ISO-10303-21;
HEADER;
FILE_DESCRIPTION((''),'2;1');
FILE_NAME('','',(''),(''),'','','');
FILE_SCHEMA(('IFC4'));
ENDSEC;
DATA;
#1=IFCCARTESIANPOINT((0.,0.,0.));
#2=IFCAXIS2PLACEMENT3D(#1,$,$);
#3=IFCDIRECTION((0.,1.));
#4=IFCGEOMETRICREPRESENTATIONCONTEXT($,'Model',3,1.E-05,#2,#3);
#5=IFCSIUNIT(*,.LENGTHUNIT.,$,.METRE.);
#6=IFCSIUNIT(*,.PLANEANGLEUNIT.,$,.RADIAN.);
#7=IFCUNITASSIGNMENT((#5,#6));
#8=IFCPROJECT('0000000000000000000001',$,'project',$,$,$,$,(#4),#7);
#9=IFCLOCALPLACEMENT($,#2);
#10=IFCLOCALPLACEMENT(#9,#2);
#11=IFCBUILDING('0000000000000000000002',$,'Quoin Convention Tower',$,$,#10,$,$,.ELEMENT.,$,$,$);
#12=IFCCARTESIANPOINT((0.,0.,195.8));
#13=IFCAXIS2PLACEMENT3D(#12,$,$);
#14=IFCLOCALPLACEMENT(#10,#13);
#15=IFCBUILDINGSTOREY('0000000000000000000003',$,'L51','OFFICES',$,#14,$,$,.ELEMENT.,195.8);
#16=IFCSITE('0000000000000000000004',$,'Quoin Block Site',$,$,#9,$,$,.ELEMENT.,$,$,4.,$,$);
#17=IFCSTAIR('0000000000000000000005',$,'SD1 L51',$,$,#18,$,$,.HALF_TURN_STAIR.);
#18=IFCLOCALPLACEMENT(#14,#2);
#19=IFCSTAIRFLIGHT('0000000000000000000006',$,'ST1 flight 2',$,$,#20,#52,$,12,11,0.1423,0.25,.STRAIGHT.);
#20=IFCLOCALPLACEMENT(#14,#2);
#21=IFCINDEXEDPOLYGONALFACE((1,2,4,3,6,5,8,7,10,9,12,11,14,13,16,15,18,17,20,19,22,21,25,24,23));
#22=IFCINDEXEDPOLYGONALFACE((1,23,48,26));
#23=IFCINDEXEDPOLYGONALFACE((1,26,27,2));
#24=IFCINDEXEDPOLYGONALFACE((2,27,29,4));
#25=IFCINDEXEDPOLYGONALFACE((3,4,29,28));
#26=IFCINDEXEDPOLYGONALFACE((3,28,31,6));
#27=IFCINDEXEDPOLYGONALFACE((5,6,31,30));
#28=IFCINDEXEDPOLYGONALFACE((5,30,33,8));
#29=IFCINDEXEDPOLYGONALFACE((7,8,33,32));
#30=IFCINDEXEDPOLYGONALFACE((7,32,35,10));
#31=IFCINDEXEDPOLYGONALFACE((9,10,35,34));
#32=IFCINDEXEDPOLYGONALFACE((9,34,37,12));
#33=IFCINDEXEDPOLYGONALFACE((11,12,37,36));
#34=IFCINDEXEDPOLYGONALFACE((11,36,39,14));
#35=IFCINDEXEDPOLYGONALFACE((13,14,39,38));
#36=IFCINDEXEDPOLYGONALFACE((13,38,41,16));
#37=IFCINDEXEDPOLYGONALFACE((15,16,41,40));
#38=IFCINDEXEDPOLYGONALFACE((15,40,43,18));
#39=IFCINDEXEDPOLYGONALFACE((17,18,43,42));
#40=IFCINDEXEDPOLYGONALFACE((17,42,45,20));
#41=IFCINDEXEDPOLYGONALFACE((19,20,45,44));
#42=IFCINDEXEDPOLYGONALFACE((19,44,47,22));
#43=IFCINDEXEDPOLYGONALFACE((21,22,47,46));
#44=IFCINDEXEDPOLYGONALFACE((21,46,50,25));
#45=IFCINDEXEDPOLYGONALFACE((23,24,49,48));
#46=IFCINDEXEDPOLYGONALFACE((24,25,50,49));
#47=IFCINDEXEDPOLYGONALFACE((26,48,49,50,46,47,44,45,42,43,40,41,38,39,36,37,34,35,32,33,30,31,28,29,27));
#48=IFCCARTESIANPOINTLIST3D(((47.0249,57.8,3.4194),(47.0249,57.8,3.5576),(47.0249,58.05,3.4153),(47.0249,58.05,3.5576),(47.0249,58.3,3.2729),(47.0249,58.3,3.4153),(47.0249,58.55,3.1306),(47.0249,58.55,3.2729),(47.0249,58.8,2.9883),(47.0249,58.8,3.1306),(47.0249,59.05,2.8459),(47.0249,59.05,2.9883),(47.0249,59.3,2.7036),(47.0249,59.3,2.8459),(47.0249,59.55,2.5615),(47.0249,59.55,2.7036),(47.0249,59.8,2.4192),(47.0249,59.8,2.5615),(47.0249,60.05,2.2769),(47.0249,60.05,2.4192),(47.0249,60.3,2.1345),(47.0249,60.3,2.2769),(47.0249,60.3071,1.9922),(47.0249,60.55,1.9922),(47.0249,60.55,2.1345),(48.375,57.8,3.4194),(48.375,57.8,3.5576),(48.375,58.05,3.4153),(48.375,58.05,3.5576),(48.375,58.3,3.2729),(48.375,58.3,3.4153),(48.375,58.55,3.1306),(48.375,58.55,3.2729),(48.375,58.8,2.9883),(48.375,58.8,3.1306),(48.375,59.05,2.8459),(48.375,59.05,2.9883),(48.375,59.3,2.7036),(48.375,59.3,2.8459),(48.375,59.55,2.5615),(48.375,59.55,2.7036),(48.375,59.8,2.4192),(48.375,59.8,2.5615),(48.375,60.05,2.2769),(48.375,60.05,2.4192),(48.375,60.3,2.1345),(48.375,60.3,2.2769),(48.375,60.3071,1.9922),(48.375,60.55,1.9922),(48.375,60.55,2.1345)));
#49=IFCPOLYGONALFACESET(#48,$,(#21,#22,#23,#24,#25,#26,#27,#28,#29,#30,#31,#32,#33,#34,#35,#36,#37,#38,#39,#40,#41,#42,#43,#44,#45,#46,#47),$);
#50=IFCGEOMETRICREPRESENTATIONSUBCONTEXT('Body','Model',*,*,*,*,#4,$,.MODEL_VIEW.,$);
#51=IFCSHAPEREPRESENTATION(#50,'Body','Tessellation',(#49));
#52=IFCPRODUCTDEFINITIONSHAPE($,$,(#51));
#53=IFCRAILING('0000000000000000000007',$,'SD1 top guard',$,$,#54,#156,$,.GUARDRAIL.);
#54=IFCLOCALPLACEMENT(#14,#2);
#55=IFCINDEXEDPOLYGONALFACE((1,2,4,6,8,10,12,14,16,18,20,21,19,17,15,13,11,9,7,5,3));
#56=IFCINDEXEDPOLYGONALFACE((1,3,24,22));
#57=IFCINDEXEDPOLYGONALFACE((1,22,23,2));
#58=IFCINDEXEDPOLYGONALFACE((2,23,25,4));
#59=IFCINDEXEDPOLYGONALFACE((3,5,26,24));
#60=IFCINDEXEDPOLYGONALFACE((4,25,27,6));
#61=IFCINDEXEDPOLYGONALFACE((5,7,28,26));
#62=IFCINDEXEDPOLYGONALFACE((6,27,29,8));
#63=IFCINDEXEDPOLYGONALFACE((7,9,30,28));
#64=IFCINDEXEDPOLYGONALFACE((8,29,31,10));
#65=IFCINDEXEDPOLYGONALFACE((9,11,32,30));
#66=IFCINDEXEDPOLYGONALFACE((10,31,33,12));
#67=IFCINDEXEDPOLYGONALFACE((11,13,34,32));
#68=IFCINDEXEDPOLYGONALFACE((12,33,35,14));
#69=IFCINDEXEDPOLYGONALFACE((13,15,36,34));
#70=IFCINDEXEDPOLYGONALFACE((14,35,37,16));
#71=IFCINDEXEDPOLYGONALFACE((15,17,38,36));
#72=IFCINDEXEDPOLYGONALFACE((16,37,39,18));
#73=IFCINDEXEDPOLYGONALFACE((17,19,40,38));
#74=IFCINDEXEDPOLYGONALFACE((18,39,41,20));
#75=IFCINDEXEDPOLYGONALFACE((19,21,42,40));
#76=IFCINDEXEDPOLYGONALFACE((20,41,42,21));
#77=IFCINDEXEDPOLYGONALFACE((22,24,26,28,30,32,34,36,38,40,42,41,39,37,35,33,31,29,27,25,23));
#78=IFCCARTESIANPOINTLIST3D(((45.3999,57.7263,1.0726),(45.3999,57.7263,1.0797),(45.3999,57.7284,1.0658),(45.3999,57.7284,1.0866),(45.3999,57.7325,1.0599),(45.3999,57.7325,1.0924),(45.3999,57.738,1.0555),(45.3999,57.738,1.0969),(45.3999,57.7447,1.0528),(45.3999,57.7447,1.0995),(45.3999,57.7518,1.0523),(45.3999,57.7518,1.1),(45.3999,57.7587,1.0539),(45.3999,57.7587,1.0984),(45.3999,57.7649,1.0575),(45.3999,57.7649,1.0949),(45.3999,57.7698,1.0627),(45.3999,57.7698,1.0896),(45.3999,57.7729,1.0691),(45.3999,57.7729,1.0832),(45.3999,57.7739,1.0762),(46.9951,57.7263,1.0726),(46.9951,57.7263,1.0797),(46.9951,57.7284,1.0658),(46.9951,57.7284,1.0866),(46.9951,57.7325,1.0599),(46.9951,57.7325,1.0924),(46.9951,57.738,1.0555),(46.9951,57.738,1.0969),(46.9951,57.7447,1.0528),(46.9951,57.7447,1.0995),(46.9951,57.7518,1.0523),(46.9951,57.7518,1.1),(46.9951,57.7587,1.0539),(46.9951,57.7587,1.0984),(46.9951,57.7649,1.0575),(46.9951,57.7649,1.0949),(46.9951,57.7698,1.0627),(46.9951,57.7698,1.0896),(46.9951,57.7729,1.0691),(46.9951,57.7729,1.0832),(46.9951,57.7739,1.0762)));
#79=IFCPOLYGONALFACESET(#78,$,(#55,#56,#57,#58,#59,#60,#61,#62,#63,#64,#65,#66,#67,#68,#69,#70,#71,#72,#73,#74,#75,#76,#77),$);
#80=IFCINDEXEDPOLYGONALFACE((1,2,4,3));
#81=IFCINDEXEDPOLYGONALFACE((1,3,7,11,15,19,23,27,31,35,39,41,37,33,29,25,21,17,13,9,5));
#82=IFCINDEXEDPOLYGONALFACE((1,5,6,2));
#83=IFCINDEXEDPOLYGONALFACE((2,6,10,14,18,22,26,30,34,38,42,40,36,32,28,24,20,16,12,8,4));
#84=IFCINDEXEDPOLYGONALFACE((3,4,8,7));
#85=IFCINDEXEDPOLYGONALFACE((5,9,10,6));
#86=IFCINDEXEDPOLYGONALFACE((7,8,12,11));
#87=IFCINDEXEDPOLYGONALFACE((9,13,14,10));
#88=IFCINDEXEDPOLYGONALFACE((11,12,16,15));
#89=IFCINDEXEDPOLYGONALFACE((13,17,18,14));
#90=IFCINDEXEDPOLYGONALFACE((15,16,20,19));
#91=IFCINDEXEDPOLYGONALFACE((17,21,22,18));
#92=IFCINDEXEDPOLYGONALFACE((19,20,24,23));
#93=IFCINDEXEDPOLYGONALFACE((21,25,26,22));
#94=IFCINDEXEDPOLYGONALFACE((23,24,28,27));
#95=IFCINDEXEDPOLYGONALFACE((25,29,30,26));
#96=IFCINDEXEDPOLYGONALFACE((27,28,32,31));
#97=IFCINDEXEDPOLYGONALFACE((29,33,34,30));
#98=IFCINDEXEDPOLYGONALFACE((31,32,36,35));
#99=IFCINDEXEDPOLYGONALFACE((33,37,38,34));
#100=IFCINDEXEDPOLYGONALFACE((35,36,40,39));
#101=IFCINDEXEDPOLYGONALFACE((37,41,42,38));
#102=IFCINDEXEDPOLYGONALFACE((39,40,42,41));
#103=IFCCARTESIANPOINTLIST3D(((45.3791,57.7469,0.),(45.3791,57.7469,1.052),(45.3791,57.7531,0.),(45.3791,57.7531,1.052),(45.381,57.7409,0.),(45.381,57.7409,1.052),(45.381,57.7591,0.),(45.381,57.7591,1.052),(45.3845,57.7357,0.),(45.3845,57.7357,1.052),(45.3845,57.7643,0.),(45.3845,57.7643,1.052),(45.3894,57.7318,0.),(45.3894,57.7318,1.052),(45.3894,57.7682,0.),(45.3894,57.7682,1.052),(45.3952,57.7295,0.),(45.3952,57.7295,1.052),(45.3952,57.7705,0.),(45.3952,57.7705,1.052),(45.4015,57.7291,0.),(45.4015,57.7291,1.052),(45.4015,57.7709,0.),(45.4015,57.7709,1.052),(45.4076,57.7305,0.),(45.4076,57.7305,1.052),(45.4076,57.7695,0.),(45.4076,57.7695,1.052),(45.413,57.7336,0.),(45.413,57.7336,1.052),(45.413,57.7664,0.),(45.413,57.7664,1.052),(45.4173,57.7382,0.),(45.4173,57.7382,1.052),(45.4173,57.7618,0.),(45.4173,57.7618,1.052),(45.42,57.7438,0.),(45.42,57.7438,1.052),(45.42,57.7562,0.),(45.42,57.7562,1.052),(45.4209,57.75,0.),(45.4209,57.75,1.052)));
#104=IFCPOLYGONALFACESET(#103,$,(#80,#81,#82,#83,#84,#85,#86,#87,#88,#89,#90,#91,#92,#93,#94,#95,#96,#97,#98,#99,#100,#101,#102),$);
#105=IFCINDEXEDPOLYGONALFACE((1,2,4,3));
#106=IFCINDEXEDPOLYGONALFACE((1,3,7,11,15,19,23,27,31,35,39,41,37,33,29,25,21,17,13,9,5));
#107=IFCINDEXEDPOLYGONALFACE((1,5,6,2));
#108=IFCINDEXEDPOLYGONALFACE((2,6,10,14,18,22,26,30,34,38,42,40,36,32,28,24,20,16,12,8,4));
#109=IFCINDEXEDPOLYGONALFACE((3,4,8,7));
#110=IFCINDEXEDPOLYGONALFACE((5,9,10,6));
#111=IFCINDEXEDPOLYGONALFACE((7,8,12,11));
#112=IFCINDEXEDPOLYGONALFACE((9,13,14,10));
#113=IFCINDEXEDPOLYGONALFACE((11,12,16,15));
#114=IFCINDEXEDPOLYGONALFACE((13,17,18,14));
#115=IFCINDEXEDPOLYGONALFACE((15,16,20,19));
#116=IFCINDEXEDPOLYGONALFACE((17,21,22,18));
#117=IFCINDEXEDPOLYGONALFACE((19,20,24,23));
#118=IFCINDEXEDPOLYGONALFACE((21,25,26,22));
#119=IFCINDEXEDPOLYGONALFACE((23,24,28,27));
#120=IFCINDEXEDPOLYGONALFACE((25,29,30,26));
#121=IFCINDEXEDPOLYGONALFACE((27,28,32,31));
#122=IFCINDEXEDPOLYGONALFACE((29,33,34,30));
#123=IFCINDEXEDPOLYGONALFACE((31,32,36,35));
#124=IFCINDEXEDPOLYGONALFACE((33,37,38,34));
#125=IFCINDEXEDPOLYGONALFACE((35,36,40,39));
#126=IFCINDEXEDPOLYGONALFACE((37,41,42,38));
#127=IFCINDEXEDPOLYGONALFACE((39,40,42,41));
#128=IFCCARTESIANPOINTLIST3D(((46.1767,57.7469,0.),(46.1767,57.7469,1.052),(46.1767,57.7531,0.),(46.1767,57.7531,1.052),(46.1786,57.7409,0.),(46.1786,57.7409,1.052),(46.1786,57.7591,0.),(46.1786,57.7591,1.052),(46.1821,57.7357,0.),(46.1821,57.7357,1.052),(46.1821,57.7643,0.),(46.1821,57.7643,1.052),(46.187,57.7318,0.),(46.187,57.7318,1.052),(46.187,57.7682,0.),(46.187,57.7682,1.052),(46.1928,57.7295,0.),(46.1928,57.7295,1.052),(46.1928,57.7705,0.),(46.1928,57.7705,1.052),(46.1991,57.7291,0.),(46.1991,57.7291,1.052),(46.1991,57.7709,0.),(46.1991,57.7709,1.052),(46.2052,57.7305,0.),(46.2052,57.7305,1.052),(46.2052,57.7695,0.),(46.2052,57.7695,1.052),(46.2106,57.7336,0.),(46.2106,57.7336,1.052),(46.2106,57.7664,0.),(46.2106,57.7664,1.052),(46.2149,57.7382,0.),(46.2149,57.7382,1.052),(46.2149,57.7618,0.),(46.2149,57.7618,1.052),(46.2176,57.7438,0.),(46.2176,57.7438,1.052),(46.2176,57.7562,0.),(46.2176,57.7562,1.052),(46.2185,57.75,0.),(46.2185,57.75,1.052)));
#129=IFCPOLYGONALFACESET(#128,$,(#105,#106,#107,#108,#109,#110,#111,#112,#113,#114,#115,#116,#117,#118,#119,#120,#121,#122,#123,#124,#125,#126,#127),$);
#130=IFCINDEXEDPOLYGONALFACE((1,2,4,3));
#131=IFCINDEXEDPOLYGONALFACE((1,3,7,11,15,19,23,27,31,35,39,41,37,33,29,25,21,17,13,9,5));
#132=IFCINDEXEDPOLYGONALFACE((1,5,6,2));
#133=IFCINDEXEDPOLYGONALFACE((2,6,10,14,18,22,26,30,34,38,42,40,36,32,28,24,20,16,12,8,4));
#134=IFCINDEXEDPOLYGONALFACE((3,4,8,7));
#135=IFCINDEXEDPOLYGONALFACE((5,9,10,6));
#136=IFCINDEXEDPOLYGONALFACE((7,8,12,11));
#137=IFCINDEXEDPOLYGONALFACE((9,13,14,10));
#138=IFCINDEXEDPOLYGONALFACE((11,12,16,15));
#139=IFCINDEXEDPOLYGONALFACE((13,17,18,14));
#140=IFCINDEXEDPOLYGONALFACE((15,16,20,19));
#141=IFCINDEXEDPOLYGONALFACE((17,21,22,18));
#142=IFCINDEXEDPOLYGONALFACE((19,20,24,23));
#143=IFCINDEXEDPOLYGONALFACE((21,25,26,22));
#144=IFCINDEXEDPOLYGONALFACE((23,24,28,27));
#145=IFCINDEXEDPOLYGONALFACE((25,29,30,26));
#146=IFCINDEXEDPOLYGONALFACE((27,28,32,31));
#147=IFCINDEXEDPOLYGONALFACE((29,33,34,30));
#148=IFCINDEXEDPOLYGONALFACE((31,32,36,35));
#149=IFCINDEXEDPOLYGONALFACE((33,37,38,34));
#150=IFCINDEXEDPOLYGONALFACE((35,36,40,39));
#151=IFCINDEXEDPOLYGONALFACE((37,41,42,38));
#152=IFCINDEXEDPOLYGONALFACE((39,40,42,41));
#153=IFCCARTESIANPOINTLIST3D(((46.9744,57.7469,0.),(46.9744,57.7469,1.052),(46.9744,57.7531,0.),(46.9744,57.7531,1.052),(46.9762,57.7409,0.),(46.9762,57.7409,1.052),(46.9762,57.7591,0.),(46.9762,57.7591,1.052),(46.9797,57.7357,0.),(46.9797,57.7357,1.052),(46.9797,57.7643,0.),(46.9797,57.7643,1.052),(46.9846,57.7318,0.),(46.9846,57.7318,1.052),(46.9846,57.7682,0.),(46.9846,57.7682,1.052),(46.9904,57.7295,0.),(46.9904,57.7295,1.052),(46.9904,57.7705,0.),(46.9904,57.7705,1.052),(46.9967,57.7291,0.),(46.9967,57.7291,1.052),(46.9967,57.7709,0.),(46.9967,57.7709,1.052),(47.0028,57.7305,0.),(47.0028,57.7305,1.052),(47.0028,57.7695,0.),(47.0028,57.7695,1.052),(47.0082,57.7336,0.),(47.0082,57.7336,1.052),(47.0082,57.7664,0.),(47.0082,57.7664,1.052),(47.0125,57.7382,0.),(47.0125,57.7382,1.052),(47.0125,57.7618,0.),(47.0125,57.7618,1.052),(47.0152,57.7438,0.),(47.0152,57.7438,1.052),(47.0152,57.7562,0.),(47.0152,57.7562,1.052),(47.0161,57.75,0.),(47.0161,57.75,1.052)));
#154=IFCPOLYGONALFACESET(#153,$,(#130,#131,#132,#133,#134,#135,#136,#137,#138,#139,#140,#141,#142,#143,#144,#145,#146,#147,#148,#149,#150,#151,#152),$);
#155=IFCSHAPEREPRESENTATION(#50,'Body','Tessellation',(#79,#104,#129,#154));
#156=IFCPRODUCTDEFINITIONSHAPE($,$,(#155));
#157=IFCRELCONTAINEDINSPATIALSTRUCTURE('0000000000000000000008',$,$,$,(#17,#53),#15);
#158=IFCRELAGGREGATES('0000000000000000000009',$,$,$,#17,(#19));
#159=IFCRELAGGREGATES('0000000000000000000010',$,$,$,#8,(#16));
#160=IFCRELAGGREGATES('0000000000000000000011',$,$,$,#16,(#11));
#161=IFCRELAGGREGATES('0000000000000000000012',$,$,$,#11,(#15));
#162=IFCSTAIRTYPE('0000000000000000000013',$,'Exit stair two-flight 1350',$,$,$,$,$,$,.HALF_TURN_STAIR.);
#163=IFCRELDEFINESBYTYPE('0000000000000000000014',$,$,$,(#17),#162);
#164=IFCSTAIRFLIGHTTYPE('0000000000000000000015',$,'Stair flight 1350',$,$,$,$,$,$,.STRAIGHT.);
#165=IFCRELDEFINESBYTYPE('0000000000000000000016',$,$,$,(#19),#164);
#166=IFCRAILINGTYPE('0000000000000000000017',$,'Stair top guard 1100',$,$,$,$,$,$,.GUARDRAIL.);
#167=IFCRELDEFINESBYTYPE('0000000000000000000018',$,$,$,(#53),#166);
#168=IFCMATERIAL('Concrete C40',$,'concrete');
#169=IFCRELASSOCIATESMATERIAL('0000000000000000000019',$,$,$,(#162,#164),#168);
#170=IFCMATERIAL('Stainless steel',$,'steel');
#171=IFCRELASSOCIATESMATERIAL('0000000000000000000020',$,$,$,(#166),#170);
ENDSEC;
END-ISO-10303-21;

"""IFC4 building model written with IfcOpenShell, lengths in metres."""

from ifc_helpers import new_model, si_unit, direction, frame, origin, origin_2d, place, context, subcontext, project, spatial, polyline, circle, outline, extrude, material, type_object, element, aggregate, save


model = new_model("IFC4")

# Units and contexts
model_context = context("Model", 3, precision=1e-05, world=origin(), true_north=direction((0.0, 1.0)))
body_context = subcontext(model_context, "Body", "Model", "MODEL_VIEW")
ifc_project = project(units=[si_unit("LENGTHUNIT", "METRE"), si_unit("PLANEANGLEUNIT", "RADIAN")], contexts=[model_context])

# Site, building, storey
site_placement = place(None, origin())
site = spatial("IfcSite", under=ifc_project, at=site_placement, Name="Quoin Block Site", CompositionType="ELEMENT", RefElevation=4.0)
building_placement = place(site_placement, origin())
building = spatial("IfcBuilding", under=site, at=building_placement, Name="Quoin Convention Tower", CompositionType="ELEMENT")
storey_placement = place(building_placement, frame((0.0, 0.0, 195.8)))
storey = spatial("IfcBuildingStorey", under=building, at=storey_placement, Name="L51", Description="OFFICES", CompositionType="ELEMENT", Elevation=195.8)

# Stair, stair flight
ifc_material_1 = material(Name="Concrete C40", Category="concrete")
stair_type = type_object("IfcStairType", Name="Exit stair two-flight 1350", PredefinedType="HALF_TURN_STAIR", material=ifc_material_1)
stair_placement = place(storey_placement, origin())
stair = element("IfcStair", 1, at=stair_placement, inside=storey, type_object=stair_type, Name="SD1 L51", PredefinedType="HALF_TURN_STAIR")
stair_flight_type = type_object("IfcStairFlightType", Name="Stair flight 1350", PredefinedType="STRAIGHT", material=ifc_material_1)
stair_flight_1_placement = place(storey_placement, frame((47.7, 60.55, 1.9922), z_axis=(0.0, 0.0, 1.0), x_axis=(0.0, -1.0, 0.0)))
stair_flight_1 = element("IfcStairFlight", 2, at=stair_flight_1_placement, type_object=stair_flight_type, Name="ST1 flight 2", NumberOfRisers=12, NumberOfTreads=11, PredefinedType="STRAIGHT", RiserHeight=0.1423, TreadLength=0.25, context=body_context, shape_type="SweptSolid", body=[
    extrude(outline(polyline([(0.0, 0.0), (0.0, 0.1423), (0.25, 0.1423), (0.25, 0.2847), (0.5, 0.2847), (0.5, 0.427), (0.75, 0.427), (0.75, 0.5693), (1.0, 0.5693), (1.0, 0.7114), (1.25, 0.7114), (1.25, 0.8538), (1.5, 0.8538), (1.5, 0.9961), (1.75, 0.9961), (1.75, 1.1384), (2.0, 1.1384), (2.0, 1.2808), (2.25, 1.2808), (2.25, 1.4231), (2.5, 1.4231), (2.5, 1.5654), (2.75, 1.5654), (2.75, 1.7078), (2.75, 1.4272), (0.2429, 0.0), (0.0, 0.0)])), frame((0.0, 0.675, 0.0), z_axis=(0.0, -1.0, 0.0), x_axis=(1.0, 0.0, 0.0)), (0.0, 0.0, 1.0), 1.3501),
])
aggregate(stair, [stair_flight_1])

# Railing
ifc_material_2 = material(Name="Stainless steel", Category="steel")
railing_type_1 = type_object("IfcRailingType", Name="Stair top guard 1100", PredefinedType="GUARDRAIL", material=ifc_material_2)
railing_1_placement = place(storey_placement, frame((45.3999, 57.75, 0.0)))
element("IfcRailing", 3, at=railing_1_placement, inside=storey, type_object=railing_type_1, Name="SD1 top guard", PredefinedType="GUARDRAIL", context=body_context, shape_type="SweptSolid", body=[
    extrude(circle(Radius=0.0239, at=origin_2d()), frame((0.0, 0.0, 1.0762), z_axis=(1.0, 0.0, 0.0), x_axis=(0.0, 1.0, 0.0)), (0.0, 0.0, 1.0), 1.5952),
    extrude(circle(Radius=0.021, at=origin_2d()), origin(), (0.0, 0.0, 1.0), 1.052),
    extrude(circle(Radius=0.021, at=origin_2d()), frame((0.7976, 0.0, 0.0)), (0.0, 0.0, 1.0), 1.052),
    extrude(circle(Radius=0.021, at=origin_2d()), frame((1.5952, 0.0, 0.0)), (0.0, 0.0, 1.0), 1.052),
])

save(model, "model.ifc")
